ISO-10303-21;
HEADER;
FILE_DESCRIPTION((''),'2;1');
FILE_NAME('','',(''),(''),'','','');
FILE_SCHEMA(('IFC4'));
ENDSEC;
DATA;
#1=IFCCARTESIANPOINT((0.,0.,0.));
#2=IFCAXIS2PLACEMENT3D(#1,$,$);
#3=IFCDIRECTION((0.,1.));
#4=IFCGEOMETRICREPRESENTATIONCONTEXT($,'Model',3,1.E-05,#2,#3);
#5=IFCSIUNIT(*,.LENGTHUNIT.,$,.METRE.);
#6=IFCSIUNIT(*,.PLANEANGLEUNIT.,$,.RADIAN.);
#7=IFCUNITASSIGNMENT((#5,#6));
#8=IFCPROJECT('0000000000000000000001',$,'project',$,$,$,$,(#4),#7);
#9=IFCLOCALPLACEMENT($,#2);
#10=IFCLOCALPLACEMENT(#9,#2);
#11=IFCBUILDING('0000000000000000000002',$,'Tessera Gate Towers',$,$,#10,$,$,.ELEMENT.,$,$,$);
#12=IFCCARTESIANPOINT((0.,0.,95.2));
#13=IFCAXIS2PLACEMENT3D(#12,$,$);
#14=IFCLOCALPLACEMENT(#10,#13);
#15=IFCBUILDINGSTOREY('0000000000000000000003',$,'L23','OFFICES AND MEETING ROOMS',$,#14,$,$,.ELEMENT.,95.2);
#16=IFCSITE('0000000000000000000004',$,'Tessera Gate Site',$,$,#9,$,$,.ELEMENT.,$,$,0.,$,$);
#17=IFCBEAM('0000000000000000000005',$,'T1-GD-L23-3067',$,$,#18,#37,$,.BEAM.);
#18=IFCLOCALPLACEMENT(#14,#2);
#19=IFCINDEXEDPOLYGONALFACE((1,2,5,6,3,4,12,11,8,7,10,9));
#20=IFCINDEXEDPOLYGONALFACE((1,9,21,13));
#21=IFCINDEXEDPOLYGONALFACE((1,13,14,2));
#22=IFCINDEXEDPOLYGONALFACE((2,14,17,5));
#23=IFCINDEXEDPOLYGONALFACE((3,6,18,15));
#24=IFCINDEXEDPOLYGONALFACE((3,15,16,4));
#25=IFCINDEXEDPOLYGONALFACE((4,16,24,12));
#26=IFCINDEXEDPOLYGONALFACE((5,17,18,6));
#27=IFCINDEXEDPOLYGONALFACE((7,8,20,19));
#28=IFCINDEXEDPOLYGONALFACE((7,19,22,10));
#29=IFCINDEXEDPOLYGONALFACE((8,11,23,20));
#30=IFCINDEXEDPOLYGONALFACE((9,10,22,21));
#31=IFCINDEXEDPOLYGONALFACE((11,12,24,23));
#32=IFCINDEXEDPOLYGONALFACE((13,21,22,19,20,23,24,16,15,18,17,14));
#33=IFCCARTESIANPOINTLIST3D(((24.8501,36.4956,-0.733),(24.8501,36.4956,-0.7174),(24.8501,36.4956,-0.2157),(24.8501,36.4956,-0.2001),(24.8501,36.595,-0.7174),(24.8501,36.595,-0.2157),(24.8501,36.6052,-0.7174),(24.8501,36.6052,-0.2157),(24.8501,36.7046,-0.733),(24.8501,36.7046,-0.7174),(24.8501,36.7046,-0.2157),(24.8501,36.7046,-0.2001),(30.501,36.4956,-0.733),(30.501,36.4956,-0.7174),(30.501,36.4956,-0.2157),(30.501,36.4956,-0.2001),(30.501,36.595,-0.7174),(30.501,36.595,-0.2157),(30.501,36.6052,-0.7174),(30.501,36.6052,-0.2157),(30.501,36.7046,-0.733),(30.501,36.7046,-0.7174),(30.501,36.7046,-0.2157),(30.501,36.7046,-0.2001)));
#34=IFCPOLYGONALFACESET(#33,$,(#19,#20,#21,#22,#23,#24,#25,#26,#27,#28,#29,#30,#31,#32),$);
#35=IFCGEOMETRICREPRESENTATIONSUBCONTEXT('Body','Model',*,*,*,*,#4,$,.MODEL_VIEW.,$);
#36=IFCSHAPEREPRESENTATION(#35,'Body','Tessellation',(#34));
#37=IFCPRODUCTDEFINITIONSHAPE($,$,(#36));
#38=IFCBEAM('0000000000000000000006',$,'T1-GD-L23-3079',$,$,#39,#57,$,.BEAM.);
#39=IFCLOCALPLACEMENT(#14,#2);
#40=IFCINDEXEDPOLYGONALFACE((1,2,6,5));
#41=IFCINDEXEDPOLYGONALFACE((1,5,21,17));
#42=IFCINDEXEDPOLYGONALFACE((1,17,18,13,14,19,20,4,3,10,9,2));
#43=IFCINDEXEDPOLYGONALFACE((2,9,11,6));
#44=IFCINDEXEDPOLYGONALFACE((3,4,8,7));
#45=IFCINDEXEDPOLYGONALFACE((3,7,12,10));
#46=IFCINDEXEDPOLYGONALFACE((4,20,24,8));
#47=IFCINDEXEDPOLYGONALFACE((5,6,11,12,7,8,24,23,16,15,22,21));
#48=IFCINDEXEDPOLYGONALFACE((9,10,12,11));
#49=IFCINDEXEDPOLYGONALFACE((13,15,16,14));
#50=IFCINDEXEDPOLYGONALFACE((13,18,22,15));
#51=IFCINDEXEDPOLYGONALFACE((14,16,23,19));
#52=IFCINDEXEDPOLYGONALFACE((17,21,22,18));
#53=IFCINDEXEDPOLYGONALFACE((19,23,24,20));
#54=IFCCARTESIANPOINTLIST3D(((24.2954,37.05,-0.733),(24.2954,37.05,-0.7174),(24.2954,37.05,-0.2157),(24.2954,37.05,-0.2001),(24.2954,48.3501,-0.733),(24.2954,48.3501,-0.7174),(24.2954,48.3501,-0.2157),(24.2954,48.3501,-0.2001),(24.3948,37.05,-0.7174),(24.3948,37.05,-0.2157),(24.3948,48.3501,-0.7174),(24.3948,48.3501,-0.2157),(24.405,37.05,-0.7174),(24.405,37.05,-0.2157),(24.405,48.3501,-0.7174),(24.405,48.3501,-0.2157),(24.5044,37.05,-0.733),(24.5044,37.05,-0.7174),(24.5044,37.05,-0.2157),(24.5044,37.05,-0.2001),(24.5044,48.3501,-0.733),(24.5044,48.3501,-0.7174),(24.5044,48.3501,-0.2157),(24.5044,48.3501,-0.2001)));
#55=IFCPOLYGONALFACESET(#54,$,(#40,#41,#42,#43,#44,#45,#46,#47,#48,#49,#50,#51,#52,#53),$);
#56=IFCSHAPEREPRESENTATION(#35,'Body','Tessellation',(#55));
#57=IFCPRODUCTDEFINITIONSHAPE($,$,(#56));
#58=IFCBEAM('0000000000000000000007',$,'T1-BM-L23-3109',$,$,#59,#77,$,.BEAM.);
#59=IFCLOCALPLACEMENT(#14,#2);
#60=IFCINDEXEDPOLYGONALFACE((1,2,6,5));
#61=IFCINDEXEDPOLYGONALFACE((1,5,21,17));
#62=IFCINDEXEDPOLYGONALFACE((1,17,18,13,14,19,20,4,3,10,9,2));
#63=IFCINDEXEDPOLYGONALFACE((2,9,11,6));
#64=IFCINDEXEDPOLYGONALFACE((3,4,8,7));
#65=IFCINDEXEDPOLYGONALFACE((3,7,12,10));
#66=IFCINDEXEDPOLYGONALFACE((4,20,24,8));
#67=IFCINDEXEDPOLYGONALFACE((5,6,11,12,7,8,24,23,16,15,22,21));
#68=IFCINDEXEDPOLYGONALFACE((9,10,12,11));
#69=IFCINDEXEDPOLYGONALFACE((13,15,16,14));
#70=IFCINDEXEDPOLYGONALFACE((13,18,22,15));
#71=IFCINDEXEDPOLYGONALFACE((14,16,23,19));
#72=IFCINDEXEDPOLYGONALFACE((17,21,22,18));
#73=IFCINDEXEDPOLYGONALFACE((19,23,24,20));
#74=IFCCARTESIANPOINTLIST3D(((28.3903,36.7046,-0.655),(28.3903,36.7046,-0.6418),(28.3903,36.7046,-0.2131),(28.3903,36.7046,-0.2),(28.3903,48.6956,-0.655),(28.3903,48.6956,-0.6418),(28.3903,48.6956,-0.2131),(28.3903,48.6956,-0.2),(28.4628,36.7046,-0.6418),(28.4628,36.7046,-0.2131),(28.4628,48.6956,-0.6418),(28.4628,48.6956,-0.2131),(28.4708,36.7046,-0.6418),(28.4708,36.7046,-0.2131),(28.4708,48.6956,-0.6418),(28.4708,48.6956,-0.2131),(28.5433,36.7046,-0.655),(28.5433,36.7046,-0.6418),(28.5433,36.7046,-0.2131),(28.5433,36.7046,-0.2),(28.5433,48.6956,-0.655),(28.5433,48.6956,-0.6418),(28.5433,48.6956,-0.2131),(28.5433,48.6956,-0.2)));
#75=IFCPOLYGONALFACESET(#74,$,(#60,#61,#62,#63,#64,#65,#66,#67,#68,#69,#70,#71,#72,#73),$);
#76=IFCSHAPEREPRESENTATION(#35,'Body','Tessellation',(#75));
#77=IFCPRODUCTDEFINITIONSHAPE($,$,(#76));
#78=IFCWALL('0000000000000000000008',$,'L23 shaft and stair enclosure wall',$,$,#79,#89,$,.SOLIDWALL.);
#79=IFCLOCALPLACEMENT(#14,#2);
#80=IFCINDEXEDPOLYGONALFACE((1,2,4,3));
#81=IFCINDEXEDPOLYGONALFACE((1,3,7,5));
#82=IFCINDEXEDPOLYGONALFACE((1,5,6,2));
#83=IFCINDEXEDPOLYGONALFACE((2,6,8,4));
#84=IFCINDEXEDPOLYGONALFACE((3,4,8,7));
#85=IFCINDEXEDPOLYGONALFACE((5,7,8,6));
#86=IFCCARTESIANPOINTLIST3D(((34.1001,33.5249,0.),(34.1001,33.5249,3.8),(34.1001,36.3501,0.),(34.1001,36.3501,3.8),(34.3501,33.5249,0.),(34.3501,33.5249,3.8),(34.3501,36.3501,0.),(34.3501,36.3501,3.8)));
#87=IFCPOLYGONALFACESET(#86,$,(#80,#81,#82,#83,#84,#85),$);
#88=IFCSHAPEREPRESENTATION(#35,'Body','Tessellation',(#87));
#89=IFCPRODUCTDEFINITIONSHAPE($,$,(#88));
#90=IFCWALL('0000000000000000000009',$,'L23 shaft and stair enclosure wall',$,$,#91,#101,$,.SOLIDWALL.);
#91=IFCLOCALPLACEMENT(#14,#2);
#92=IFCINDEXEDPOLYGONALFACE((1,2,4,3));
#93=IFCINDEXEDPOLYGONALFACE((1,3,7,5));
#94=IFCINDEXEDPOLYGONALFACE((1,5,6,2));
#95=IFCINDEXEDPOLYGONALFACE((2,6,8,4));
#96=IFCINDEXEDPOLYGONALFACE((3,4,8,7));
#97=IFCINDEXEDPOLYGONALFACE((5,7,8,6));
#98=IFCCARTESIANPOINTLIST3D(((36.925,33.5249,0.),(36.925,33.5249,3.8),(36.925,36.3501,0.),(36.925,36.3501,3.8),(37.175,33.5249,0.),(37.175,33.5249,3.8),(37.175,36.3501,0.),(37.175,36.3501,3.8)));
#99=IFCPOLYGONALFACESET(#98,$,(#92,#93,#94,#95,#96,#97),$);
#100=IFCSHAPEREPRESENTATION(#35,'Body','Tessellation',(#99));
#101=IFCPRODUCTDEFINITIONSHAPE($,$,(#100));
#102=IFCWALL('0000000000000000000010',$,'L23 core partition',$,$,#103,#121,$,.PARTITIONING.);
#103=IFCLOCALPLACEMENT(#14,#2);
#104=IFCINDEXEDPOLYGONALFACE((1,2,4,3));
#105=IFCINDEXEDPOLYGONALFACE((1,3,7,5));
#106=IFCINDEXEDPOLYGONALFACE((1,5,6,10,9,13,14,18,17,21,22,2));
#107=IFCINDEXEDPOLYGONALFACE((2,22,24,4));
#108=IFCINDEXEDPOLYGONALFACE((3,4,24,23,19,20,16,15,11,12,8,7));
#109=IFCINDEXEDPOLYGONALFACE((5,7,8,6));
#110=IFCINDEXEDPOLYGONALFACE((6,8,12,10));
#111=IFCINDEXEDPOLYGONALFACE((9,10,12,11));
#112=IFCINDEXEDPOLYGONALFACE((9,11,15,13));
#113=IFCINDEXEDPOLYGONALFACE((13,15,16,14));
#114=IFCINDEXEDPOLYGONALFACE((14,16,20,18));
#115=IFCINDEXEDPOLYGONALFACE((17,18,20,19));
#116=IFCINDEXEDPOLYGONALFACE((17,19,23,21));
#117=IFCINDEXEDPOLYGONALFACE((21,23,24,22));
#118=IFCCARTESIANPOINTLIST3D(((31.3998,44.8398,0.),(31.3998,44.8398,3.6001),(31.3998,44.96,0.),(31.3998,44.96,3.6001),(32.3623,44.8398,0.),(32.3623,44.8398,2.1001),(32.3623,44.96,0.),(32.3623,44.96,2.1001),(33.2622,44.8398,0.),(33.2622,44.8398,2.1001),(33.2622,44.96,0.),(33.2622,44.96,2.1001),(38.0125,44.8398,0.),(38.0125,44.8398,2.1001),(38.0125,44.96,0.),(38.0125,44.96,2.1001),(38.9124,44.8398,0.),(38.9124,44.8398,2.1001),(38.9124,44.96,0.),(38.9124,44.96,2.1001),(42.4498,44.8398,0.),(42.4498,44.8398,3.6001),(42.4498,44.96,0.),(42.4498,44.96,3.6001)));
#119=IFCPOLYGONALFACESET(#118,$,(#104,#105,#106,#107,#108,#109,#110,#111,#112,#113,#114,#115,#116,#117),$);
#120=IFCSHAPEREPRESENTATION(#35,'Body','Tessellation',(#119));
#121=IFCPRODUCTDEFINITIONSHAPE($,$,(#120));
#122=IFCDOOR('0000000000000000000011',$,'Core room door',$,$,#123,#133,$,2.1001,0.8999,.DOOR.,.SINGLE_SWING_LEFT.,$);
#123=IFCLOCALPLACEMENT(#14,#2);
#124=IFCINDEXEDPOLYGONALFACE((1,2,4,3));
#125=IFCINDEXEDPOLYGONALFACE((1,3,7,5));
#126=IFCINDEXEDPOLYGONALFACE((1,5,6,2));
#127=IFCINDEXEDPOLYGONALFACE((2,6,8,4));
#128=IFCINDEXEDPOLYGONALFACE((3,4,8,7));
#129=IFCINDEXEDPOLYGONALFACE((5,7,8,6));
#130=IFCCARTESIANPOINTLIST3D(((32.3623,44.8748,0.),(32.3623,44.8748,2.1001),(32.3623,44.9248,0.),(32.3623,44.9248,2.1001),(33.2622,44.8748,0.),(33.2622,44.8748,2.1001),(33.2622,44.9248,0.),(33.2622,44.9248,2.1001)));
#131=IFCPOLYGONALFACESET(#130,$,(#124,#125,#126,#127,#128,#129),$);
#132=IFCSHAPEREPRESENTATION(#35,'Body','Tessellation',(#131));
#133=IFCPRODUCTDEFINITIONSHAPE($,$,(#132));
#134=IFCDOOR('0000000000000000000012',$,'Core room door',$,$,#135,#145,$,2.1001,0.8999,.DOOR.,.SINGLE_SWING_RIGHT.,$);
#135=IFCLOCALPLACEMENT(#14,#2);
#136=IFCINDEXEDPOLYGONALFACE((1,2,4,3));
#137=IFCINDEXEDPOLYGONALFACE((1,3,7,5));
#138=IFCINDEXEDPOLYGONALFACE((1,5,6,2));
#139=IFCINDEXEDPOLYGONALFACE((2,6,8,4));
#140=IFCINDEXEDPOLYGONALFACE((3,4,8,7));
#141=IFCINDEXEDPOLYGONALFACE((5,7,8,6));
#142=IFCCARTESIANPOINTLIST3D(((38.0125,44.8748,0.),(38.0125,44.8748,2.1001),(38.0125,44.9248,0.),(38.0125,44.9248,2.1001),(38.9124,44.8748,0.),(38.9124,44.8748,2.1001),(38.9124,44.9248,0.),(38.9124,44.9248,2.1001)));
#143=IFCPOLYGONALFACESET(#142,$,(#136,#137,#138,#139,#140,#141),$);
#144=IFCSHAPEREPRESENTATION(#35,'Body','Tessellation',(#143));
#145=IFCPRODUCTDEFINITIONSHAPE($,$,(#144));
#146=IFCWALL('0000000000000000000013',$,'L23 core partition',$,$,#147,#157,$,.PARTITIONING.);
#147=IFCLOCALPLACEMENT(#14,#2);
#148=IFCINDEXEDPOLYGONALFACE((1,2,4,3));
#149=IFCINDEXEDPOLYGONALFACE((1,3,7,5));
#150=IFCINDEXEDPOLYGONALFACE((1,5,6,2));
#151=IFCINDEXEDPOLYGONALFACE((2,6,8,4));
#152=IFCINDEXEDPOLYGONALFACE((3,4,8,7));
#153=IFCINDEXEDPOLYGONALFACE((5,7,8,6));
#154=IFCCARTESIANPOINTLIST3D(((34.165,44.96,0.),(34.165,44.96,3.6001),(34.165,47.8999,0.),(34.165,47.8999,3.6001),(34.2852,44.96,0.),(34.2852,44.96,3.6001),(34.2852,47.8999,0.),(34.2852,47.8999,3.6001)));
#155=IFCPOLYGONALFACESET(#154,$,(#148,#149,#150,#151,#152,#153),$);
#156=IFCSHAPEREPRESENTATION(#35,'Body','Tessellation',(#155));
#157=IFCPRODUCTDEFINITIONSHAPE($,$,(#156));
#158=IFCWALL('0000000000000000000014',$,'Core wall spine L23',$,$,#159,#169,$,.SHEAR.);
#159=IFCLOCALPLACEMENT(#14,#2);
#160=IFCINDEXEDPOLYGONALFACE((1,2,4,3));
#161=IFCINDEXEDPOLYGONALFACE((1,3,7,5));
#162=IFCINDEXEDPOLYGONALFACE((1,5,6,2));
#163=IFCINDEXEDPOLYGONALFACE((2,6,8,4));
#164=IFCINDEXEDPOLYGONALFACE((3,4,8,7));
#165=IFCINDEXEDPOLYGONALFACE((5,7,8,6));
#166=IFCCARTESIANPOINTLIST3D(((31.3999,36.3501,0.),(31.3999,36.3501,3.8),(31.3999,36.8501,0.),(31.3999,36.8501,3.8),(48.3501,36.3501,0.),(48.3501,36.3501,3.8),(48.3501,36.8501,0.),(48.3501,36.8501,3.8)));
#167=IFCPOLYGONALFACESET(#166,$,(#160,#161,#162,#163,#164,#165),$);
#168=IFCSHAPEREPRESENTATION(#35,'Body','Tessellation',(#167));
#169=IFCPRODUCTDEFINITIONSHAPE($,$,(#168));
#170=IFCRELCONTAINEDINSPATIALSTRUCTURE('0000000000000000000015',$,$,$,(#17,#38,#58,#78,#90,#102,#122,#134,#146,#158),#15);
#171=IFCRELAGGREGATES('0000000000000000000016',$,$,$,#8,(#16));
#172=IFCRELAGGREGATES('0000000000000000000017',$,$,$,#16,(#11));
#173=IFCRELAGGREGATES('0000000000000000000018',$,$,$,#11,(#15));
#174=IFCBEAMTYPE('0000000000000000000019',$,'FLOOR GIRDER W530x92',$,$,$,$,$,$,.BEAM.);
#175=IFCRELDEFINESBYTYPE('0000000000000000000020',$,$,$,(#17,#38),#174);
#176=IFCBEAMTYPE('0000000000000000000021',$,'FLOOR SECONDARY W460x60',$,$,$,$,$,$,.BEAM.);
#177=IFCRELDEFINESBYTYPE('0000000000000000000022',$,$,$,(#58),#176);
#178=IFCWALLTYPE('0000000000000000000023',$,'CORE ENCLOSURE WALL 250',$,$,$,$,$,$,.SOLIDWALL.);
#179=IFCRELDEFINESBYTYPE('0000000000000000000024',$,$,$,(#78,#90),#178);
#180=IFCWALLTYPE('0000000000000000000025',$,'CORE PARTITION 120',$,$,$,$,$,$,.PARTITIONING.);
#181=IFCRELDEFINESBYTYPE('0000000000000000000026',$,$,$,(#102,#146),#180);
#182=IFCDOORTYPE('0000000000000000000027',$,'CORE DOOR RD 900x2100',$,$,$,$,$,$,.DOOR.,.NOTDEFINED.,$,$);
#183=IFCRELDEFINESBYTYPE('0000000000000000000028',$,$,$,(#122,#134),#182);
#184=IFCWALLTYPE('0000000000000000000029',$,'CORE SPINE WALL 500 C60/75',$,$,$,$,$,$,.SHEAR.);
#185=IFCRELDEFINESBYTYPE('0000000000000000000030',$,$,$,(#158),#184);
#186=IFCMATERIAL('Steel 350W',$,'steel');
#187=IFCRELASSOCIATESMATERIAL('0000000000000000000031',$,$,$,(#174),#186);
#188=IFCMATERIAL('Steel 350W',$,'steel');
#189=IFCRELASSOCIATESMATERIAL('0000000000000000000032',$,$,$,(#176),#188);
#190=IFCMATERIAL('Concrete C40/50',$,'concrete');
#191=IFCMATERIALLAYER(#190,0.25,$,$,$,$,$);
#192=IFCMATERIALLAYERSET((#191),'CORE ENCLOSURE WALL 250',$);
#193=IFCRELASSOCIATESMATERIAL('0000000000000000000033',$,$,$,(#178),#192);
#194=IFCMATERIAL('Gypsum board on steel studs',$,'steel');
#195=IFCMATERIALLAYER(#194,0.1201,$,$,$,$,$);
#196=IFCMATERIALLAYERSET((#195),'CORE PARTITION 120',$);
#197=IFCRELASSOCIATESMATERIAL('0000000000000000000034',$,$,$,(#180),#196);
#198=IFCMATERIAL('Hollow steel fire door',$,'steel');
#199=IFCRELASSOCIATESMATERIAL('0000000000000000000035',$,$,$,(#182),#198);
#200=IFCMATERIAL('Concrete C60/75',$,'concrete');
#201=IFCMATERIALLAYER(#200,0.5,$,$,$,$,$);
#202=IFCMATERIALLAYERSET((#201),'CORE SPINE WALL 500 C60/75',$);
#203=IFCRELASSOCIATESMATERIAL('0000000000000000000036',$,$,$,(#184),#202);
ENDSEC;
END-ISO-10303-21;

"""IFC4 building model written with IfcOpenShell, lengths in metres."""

from ifc_helpers import new_model, si_unit, direction, frame, frame_2d, origin, origin_2d, place, context, subcontext, project, spatial, rectangle, i_section, extrude, source, transform, mapped, material, layer, layer_set, material_profile, profile_set, type_object, element, fill, save


model = new_model("IFC4")

# Units and contexts
model_context = context("Model", 3, precision=1e-05, world=origin(), true_north=direction((0.0, 1.0)))
body_context = subcontext(model_context, "Body", "Model", "MODEL_VIEW")
ifc_project = project(units=[si_unit("LENGTHUNIT", "METRE"), si_unit("PLANEANGLEUNIT", "RADIAN")], contexts=[model_context])

# Site, building, storey
site_placement = place(None, origin())
site = spatial("IfcSite", under=ifc_project, at=site_placement, Name="Tessera Gate Site", CompositionType="ELEMENT", RefElevation=0.0)
building_placement = place(site_placement, origin())
building = spatial("IfcBuilding", under=site, at=building_placement, Name="Tessera Gate Towers", CompositionType="ELEMENT")
storey_placement = place(building_placement, frame((0.0, 0.0, 95.2)))
storey = spatial("IfcBuildingStorey", under=building, at=storey_placement, Name="L23", Description="OFFICES AND MEETING ROOMS", CompositionType="ELEMENT", Elevation=95.2)

# Beams
ifc_material_1 = material(Name="Steel 350W", Category="steel")
ifc_material_profile_1 = material_profile(ifc_material_1, i_section(OverallWidth=0.209, OverallDepth=0.533, WebThickness=0.0103, FlangeThickness=0.0156, at=origin_2d()), Name="W530x92")
ifc_profile_set_1 = profile_set([ifc_material_profile_1], Name="Steel 350W")
beam_type_1 = type_object("IfcBeamType", Name="FLOOR GIRDER W530x92", PredefinedType="BEAM", material=ifc_profile_set_1)
beam_1_placement = place(storey_placement, frame((24.8501, 36.6001, -0.4666), z_axis=(1.0, 0.0, 0.0), x_axis=(0.0, 1.0, 0.0)))
element("IfcBeam", 1, at=beam_1_placement, inside=storey, type_object=beam_type_1, Name="T1-GD-L23-3067", PredefinedType="BEAM", context=body_context, shape_type="SweptSolid", body=[
    extrude(i_section(OverallWidth=0.209, OverallDepth=0.533, WebThickness=0.0103, FlangeThickness=0.0156, at=origin_2d()), origin(), (0.0, 0.0, 1.0), 5.6509),
])
beam_2_placement = place(storey_placement, frame((24.3999, 37.05, -0.4666), z_axis=(0.0, 1.0, 0.0), x_axis=(-1.0, 0.0, 0.0)))
element("IfcBeam", 2, at=beam_2_placement, inside=storey, type_object=beam_type_1, Name="T1-GD-L23-3079", PredefinedType="BEAM", context=body_context, shape_type="SweptSolid", body=[
    extrude(i_section(OverallWidth=0.209, OverallDepth=0.533, WebThickness=0.0103, FlangeThickness=0.0156, at=origin_2d()), origin(), (0.0, 0.0, 1.0), 11.3),
])
ifc_material_2 = material(Name="Steel 350W", Category="steel")
ifc_material_profile_2 = material_profile(ifc_material_2, i_section(OverallWidth=0.1531, OverallDepth=0.4551, WebThickness=0.0081, FlangeThickness=0.0132, at=origin_2d()), Name="W460x60")
ifc_profile_set_2 = profile_set([ifc_material_profile_2], Name="Steel 350W")
beam_type_2 = type_object("IfcBeamType", Name="FLOOR SECONDARY W460x60", PredefinedType="BEAM", material=ifc_profile_set_2)
beam_3_placement = place(storey_placement, frame((28.4668, 36.7046, -0.4275), z_axis=(0.0, 1.0, 0.0), x_axis=(-1.0, 0.0, 0.0)))
element("IfcBeam", 3, at=beam_3_placement, inside=storey, type_object=beam_type_2, Name="T1-BM-L23-3109", PredefinedType="BEAM", context=body_context, shape_type="SweptSolid", body=[
    extrude(i_section(OverallWidth=0.1531, OverallDepth=0.4551, WebThickness=0.0081, FlangeThickness=0.0132, at=origin_2d()), origin(), (0.0, 0.0, 1.0), 11.991),
])

# Walls
ifc_material_3 = material(Name="Concrete C40/50", Category="concrete")
ifc_layer_1 = layer(ifc_material_3, 0.25)
ifc_layer_set_1 = layer_set([ifc_layer_1], Name="CORE ENCLOSURE WALL 250")
wall_type_1 = type_object("IfcWallType", Name="CORE ENCLOSURE WALL 250", PredefinedType="SOLIDWALL", material=ifc_layer_set_1)
for number, where, z_axis, x_axis, name in (
    (4, (34.2251, 33.5249, 0.0), (0.0, 0.0, 1.0), (0.0, 1.0, 0.0), "L23 shaft and stair enclosure wall"),
    (5, (37.05, 33.5249, 0.0), (0.0, 0.0, 1.0), (0.0, 1.0, 0.0), "L23 shaft and stair enclosure wall"),
):
    element("IfcWall", number, at=place(storey_placement, frame(where, z_axis=z_axis, x_axis=x_axis)), inside=storey, type_object=wall_type_1, Name=name, PredefinedType="SOLIDWALL", context=body_context, shape_type="SweptSolid", body=[
        extrude(rectangle(XDim=2.8252, YDim=0.25, at=frame_2d((1.4126, 0.0))), origin(), (0.0, 0.0, 1.0), 3.8),
    ])

# Wall, openings, doors
ifc_material_4 = material(Name="Gypsum board on steel studs", Category="steel")
ifc_layer_2 = layer(ifc_material_4, 0.1201)
ifc_layer_set_2 = layer_set([ifc_layer_2], Name="CORE PARTITION 120")
wall_type_2 = type_object("IfcWallType", Name="CORE PARTITION 120", PredefinedType="PARTITIONING", material=ifc_layer_set_2)
wall_1_placement = place(storey_placement, frame((31.3999, 44.8999, 0.0), z_axis=(0.0, 0.0, 1.0), x_axis=(1.0, 0.0, 0.0)))
wall_1 = element("IfcWall", 6, at=wall_1_placement, inside=storey, type_object=wall_type_2, Name="L23 core partition", PredefinedType="PARTITIONING", context=body_context, shape_type="SweptSolid", body=[
    extrude(rectangle(XDim=11.05, YDim=0.1201, at=frame_2d((5.5249, 0.0))), origin(), (0.0, 0.0, 1.0), 3.6001),
])
shared_shape_1 = source(origin(), body_context, "Body", "SweptSolid", [
    extrude(rectangle(XDim=0.8999, YDim=2.1001, at=frame_2d((0.45, 1.05))), frame((0.0, 0.0701, 0.0), z_axis=(0.0, -1.0, 0.0), x_axis=(1.0, 0.0, 0.0)), (0.0, 0.0, 1.0), 0.1401),
])
opening_1_placement = place(wall_1_placement, frame((0.9624, 0.0, 0.0)))
opening_1 = element("IfcOpeningElement", 7, at=opening_1_placement, cuts=wall_1, PredefinedType="OPENING", context=body_context, shape_type="MappedRepresentation", body=[
    mapped(shared_shape_1, transform((0.0, 0.0, 0.0), scale=1.0)),
])
opening_2_placement = place(wall_1_placement, frame((6.6125, 0.0, 0.0)))
opening_2 = element("IfcOpeningElement", 8, at=opening_2_placement, cuts=wall_1, PredefinedType="OPENING", context=body_context, shape_type="MappedRepresentation", body=[
    mapped(shared_shape_1, transform((0.0, 0.0, 0.0), scale=1.0)),
])
ifc_material_5 = material(Name="Hollow steel fire door", Category="steel")
door_type_1 = type_object("IfcDoorType", Name="CORE DOOR RD 900x2100", OperationType="NOTDEFINED", PredefinedType="DOOR", material=ifc_material_5)
shared_shape_2 = source(origin(), body_context, "Body", "SweptSolid", [
    extrude(rectangle(XDim=0.8999, YDim=2.1001, at=frame_2d((0.45, 1.05))), frame((0.0, 0.0249, 0.0), z_axis=(0.0, -1.0, 0.0), x_axis=(1.0, 0.0, 0.0)), (0.0, 0.0, 1.0), 0.05),
])
door_1_placement = place(opening_1_placement, origin())
door_1 = element("IfcDoor", 9, at=door_1_placement, inside=storey, type_object=door_type_1, Name="Core room door", OperationType="SINGLE_SWING_LEFT", OverallHeight=2.1001, OverallWidth=0.8999, PredefinedType="DOOR", context=body_context, shape_type="MappedRepresentation", body=[
    mapped(shared_shape_2, transform((0.0, 0.0, 0.0), scale=1.0)),
])
fill(opening_1, door_1)
door_2_placement = place(opening_2_placement, origin())
door_2 = element("IfcDoor", 10, at=door_2_placement, inside=storey, type_object=door_type_1, Name="Core room door", OperationType="SINGLE_SWING_RIGHT", OverallHeight=2.1001, OverallWidth=0.8999, PredefinedType="DOOR", context=body_context, shape_type="MappedRepresentation", body=[
    mapped(shared_shape_2, transform((0.0, 0.0, 0.0), scale=1.0)),
])
fill(opening_2, door_2)

# Walls
wall_2_placement = place(storey_placement, frame((34.2251, 44.96, 0.0), z_axis=(0.0, 0.0, 1.0), x_axis=(0.0, 1.0, 0.0)))
element("IfcWall", 11, at=wall_2_placement, inside=storey, type_object=wall_type_2, Name="L23 core partition", PredefinedType="PARTITIONING", context=body_context, shape_type="SweptSolid", body=[
    extrude(rectangle(XDim=2.9399, YDim=0.1201, at=frame_2d((1.47, 0.0))), origin(), (0.0, 0.0, 1.0), 3.6001),
])
ifc_material_6 = material(Name="Concrete C60/75", Category="concrete")
ifc_layer_3 = layer(ifc_material_6, 0.5)
ifc_layer_set_3 = layer_set([ifc_layer_3], Name="CORE SPINE WALL 500 C60/75")
wall_type_3 = type_object("IfcWallType", Name="CORE SPINE WALL 500 C60/75", PredefinedType="SHEAR", material=ifc_layer_set_3)
wall_3_placement = place(storey_placement, frame((31.3999, 36.6001, 0.0), z_axis=(0.0, 0.0, 1.0), x_axis=(1.0, 0.0, 0.0)))
element("IfcWall", 12, at=wall_3_placement, inside=storey, type_object=wall_type_3, Name="Core wall spine L23", PredefinedType="SHEAR", context=body_context, shape_type="SweptSolid", body=[
    extrude(rectangle(XDim=16.9502, YDim=0.5, at=frame_2d((8.4751, 0.0))), origin(), (0.0, 0.0, 1.0), 3.8),
])

save(model, "model.ifc")
